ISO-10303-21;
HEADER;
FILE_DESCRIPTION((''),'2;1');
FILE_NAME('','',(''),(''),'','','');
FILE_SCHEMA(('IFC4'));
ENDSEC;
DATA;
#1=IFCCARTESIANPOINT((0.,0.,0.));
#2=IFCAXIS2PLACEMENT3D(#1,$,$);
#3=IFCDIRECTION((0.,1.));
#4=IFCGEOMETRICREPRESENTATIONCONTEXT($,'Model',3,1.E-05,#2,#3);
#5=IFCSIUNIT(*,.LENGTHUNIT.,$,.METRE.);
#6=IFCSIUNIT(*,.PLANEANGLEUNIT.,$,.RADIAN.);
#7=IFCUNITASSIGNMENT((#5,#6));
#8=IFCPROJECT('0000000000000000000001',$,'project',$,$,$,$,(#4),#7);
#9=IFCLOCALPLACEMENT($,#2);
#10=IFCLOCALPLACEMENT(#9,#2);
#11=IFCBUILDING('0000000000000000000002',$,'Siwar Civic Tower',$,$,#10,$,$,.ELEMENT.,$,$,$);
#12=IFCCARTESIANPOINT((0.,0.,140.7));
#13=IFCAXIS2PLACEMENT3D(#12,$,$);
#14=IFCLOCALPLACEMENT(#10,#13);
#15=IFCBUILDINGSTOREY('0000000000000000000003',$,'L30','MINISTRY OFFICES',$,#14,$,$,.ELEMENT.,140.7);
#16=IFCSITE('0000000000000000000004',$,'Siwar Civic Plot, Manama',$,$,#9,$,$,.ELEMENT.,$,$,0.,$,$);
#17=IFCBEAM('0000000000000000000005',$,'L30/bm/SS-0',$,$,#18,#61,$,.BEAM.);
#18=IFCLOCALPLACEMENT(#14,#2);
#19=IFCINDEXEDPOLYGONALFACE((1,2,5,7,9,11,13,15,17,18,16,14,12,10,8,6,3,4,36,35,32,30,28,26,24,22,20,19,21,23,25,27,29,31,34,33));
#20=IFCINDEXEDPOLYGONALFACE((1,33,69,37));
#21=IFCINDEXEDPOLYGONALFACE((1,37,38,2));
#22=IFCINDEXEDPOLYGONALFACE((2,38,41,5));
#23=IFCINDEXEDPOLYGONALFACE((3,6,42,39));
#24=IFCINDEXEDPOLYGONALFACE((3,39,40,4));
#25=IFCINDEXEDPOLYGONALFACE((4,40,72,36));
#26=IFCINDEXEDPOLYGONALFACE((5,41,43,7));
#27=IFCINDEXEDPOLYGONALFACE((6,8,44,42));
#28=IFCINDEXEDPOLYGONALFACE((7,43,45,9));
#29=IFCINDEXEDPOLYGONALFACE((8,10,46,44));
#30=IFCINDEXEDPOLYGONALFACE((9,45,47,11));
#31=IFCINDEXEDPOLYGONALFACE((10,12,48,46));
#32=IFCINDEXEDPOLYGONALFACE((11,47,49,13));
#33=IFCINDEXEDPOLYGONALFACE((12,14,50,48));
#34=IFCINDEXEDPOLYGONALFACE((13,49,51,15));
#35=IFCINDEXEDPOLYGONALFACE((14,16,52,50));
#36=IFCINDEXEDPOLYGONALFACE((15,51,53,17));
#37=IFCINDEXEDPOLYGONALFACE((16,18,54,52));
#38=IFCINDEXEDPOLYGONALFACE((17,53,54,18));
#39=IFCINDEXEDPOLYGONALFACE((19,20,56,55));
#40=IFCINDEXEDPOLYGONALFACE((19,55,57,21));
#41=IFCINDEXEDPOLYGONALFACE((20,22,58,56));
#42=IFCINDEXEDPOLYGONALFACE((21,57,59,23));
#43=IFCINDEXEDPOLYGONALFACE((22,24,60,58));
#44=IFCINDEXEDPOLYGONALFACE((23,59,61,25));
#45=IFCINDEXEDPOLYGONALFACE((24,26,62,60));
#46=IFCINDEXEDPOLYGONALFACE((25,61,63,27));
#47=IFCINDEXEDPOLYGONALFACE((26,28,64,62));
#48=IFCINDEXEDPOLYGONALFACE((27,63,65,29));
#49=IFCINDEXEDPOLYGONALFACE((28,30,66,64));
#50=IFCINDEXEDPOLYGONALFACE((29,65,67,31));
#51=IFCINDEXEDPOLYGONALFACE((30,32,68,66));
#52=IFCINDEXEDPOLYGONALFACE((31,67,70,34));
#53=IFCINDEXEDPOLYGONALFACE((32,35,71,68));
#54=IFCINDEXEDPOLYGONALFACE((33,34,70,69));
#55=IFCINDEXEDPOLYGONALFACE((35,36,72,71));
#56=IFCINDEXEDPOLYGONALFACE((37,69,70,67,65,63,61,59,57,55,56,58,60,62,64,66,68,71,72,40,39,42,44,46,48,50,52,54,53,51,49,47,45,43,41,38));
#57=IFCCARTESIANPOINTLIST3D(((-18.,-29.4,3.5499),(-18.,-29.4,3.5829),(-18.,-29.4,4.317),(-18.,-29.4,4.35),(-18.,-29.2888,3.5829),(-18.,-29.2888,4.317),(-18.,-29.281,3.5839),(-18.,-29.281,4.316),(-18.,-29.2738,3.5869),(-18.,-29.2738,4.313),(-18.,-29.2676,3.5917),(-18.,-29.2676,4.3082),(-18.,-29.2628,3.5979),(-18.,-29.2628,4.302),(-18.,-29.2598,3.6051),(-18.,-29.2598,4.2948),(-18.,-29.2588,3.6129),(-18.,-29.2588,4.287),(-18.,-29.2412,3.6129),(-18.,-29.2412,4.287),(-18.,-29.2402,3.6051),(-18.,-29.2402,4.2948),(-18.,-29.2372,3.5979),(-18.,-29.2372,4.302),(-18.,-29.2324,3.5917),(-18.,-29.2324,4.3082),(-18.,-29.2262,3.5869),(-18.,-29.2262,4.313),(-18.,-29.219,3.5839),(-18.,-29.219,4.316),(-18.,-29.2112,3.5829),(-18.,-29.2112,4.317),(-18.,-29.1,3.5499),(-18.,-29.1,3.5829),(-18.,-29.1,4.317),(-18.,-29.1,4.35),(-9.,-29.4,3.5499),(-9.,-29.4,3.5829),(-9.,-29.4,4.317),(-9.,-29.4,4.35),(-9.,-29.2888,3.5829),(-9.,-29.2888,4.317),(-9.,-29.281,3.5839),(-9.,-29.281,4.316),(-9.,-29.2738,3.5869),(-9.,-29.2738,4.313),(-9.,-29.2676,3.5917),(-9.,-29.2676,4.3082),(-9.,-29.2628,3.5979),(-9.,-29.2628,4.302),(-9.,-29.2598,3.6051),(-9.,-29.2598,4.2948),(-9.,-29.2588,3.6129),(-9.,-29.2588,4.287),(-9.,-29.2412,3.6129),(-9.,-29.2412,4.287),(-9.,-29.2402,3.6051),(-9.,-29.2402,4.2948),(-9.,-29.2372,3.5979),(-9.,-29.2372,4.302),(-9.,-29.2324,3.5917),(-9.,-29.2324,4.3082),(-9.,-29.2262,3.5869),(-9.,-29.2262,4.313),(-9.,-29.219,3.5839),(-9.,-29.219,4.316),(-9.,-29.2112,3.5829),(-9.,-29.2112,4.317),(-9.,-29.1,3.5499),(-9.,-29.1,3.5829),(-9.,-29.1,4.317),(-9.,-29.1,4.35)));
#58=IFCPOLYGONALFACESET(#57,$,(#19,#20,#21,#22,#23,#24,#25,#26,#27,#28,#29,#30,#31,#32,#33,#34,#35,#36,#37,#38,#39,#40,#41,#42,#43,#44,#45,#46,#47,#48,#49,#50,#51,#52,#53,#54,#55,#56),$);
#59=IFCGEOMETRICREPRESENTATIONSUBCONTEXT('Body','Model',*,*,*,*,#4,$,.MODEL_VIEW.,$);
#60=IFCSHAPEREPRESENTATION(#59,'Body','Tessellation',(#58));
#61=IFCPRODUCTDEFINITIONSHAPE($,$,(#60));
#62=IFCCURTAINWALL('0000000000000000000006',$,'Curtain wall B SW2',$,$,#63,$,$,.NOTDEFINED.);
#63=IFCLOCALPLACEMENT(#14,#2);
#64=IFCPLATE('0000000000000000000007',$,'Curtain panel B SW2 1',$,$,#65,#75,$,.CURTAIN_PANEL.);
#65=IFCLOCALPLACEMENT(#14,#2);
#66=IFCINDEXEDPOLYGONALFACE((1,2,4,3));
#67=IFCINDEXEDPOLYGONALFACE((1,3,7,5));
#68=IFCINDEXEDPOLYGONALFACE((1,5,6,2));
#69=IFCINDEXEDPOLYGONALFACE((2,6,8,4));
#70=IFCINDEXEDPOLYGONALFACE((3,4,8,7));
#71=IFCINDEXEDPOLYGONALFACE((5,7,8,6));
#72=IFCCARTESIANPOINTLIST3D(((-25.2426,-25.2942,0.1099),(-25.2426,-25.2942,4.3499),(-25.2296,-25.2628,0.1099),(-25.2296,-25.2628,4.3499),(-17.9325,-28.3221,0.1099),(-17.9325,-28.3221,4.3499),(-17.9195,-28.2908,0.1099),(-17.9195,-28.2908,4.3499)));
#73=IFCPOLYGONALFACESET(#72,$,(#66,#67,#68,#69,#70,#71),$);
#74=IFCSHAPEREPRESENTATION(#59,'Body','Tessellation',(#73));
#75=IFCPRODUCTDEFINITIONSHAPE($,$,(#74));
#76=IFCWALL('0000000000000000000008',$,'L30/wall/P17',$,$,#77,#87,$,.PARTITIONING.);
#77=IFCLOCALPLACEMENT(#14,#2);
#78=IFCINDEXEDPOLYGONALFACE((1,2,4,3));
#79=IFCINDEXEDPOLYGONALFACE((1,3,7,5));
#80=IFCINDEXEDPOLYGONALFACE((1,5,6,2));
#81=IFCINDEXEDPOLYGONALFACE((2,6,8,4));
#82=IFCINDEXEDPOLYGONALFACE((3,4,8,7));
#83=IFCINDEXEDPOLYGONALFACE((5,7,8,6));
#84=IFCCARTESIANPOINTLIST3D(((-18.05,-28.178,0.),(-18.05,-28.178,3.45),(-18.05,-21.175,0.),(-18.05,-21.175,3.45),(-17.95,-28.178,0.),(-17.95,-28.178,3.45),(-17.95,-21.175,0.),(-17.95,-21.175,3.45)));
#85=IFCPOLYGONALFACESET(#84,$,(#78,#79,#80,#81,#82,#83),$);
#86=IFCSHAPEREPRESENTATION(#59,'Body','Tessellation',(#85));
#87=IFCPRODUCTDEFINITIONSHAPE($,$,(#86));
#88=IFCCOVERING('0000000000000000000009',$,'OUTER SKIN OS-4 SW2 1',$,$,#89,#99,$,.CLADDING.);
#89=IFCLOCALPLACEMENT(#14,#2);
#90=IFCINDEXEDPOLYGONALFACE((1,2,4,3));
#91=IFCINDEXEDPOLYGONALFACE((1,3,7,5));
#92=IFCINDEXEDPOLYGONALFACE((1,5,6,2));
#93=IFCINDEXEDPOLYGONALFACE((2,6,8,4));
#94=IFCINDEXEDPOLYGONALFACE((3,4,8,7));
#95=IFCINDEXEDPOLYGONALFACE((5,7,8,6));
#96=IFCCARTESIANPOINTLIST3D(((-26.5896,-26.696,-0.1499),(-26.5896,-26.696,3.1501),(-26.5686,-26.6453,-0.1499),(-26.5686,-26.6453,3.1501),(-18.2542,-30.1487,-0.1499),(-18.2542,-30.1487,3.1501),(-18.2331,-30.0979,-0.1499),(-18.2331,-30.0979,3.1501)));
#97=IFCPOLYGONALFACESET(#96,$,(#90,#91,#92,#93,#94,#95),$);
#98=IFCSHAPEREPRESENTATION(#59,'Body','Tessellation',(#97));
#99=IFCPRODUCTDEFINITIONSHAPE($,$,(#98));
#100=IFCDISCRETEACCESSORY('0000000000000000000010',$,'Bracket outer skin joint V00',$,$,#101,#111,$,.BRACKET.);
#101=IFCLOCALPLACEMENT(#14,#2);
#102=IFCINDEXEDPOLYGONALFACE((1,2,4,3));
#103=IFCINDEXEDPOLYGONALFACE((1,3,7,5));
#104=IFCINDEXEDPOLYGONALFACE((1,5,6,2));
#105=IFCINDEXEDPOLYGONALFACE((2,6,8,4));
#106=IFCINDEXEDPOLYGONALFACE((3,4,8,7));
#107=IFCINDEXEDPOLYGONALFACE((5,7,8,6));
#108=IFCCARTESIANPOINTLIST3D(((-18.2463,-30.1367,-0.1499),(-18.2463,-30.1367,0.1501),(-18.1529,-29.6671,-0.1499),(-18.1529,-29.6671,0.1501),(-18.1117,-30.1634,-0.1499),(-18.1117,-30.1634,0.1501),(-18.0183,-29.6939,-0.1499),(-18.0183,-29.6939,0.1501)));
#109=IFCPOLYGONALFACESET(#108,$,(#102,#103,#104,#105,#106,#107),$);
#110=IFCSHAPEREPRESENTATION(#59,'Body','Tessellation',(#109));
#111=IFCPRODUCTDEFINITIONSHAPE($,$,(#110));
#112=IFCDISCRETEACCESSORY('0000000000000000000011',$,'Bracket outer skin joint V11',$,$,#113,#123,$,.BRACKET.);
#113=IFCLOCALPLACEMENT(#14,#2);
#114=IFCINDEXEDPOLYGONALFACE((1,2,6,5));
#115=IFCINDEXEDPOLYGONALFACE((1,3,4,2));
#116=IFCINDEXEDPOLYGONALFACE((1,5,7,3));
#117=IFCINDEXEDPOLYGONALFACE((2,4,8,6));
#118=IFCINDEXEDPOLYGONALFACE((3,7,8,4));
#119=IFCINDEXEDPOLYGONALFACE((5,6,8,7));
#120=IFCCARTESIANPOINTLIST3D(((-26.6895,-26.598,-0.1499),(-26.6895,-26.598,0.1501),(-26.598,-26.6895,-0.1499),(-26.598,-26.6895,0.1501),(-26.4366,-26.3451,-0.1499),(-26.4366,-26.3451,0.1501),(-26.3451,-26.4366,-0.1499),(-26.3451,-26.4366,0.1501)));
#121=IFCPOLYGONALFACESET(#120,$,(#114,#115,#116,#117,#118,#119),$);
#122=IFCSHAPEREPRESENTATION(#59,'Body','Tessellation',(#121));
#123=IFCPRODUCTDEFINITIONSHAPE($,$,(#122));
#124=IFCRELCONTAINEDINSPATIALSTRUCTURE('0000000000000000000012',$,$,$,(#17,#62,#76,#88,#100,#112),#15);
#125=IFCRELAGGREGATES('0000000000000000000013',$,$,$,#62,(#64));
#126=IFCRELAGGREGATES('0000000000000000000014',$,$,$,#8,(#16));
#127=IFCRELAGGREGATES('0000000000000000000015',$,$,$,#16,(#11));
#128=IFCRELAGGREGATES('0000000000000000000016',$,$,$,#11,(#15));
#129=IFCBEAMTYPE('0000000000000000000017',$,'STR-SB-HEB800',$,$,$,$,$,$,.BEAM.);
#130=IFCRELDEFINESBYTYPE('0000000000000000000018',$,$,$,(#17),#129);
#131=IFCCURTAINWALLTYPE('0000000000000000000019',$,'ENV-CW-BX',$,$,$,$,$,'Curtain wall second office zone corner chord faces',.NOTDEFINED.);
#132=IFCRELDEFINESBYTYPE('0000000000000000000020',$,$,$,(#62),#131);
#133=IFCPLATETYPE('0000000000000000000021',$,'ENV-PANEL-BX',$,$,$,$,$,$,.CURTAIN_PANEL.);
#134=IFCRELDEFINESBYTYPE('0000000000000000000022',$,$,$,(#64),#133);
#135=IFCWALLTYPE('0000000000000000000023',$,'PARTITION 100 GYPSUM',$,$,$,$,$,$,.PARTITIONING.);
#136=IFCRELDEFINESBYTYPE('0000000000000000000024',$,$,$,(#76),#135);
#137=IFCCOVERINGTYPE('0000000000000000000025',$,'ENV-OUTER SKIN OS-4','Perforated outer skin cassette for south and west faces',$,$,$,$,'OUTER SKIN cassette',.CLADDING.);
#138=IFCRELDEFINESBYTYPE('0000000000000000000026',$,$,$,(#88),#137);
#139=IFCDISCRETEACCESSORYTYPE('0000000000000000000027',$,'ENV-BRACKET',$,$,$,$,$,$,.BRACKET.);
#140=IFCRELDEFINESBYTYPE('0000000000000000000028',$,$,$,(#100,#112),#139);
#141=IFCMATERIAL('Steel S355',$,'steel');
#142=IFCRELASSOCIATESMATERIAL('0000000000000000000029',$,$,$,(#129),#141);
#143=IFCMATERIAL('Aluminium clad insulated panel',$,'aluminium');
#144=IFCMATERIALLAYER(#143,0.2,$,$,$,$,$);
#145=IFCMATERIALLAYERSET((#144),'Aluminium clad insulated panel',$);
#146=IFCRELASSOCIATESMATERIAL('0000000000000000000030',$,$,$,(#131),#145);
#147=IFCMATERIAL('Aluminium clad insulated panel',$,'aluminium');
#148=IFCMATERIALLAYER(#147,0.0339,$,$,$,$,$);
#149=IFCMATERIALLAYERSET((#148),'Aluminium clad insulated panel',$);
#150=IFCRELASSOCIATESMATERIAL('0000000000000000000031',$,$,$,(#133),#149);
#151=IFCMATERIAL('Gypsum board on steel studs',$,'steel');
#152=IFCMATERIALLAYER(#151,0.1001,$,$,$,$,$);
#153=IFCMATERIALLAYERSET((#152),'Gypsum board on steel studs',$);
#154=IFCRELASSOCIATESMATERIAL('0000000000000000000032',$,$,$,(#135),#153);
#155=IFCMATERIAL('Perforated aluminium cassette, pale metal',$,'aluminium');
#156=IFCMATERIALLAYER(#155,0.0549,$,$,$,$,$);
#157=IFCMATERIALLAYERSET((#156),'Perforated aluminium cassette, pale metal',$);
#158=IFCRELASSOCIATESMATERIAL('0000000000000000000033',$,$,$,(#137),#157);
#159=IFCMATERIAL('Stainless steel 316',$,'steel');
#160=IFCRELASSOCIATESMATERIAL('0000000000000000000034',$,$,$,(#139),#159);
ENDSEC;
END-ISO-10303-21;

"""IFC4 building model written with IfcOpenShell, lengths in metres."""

from ifc_helpers import new_model, si_unit, direction, frame, frame_2d, origin, origin_2d, place, context, subcontext, project, spatial, rectangle, i_section, extrude, material, layer, layer_set, material_profile, profile_set, type_object, element, aggregate, save


model = new_model("IFC4")

# Units and contexts
model_context = context("Model", 3, precision=1e-05, world=origin(), true_north=direction((0.0, 1.0)))
body_context = subcontext(model_context, "Body", "Model", "MODEL_VIEW")
ifc_project = project(units=[si_unit("LENGTHUNIT", "METRE"), si_unit("PLANEANGLEUNIT", "RADIAN")], contexts=[model_context])

# Site, building, storey
site_placement = place(None, origin())
site = spatial("IfcSite", under=ifc_project, at=site_placement, Name="Siwar Civic Plot, Manama", CompositionType="ELEMENT", RefElevation=0.0)
building_placement = place(site_placement, origin())
building = spatial("IfcBuilding", under=site, at=building_placement, Name="Siwar Civic Tower", CompositionType="ELEMENT")
storey_placement = place(building_placement, frame((0.0, 0.0, 140.7)))
storey = spatial("IfcBuildingStorey", under=building, at=storey_placement, Name="L30", Description="MINISTRY OFFICES", CompositionType="ELEMENT", Elevation=140.7)

# Beam
ifc_material_1 = material(Name="Steel S355", Category="steel")
ifc_material_profile_1 = material_profile(ifc_material_1, i_section(OverallWidth=0.3, OverallDepth=0.8, WebThickness=0.0176, FlangeThickness=0.033, FilletRadius=0.03, at=origin_2d()), Name="HEB800")
ifc_profile_set_1 = profile_set([ifc_material_profile_1], Name="Steel S355")
beam_type_1 = type_object("IfcBeamType", Name="STR-SB-HEB800", PredefinedType="BEAM", material=ifc_profile_set_1)
beam_1_placement = place(storey_placement, frame((-18.0, -29.25, 3.95), z_axis=(1.0, 0.0, 0.0), x_axis=(0.0, 1.0, 0.0)))
element("IfcBeam", 1, at=beam_1_placement, inside=storey, type_object=beam_type_1, Name="L30/bm/SS-0", PredefinedType="BEAM", context=body_context, shape_type="SweptSolid", body=[
    extrude(i_section(OverallWidth=0.3, OverallDepth=0.8, WebThickness=0.0176, FlangeThickness=0.033, FilletRadius=0.03, at=origin_2d()), origin(), (0.0, 0.0, 1.0), 9.0),
])

# Curtain wall, plate
ifc_material_2 = material(Name="Aluminium clad insulated panel", Category="aluminium")
ifc_layer_1 = layer(ifc_material_2, 0.2)
ifc_layer_set_1 = layer_set([ifc_layer_1], Name="Aluminium clad insulated panel")
curtain_wall_type = type_object("IfcCurtainWallType", Name="ENV-CW-BX", ElementType="Curtain wall second office zone corner chord faces", PredefinedType="NOTDEFINED", material=ifc_layer_set_1)
curtain_wall_placement = place(storey_placement, origin())
curtain_wall = element("IfcCurtainWall", 2, at=curtain_wall_placement, inside=storey, type_object=curtain_wall_type, Name="Curtain wall B SW2", PredefinedType="NOTDEFINED")
ifc_material_3 = material(Name="Aluminium clad insulated panel", Category="aluminium")
ifc_layer_2 = layer(ifc_material_3, 0.0339)
ifc_layer_set_2 = layer_set([ifc_layer_2], Name="Aluminium clad insulated panel")
plate_type = type_object("IfcPlateType", Name="ENV-PANEL-BX", PredefinedType="CURTAIN_PANEL", material=ifc_layer_set_2)
plate_placement = place(storey_placement, frame((-21.5811, -26.7925, 0.1099), z_axis=(0.0, 0.0, 1.0), x_axis=(0.92388, -0.382683, 0.0)))
plate = element("IfcPlate", 3, at=plate_placement, type_object=plate_type, Name="Curtain panel B SW2 1", PredefinedType="CURTAIN_PANEL", context=body_context, shape_type="SweptSolid", body=[
    extrude(rectangle(XDim=7.9124, YDim=0.0339, at=origin_2d()), origin(), (0.0, 0.0, 1.0), 4.24),
])
aggregate(curtain_wall, [plate])

# Wall
ifc_material_4 = material(Name="Gypsum board on steel studs", Category="steel")
ifc_layer_3 = layer(ifc_material_4, 0.1001)
ifc_layer_set_3 = layer_set([ifc_layer_3], Name="Gypsum board on steel studs")
wall_type = type_object("IfcWallType", Name="PARTITION 100 GYPSUM", PredefinedType="PARTITIONING", material=ifc_layer_set_3)
wall_placement = place(storey_placement, frame((-18.0, -28.178, 0.0), z_axis=(0.0, 0.0, 1.0), x_axis=(0.0, 1.0, 0.0)))
element("IfcWall", 4, at=wall_placement, inside=storey, type_object=wall_type, Name="L30/wall/P17", PredefinedType="PARTITIONING", context=body_context, shape_type="SweptSolid", body=[
    extrude(rectangle(XDim=7.0029, YDim=0.1001, at=frame_2d((3.5015, 0.0))), origin(), (0.0, 0.0, 1.0), 3.45),
])

# Covering
ifc_material_5 = material(Name="Perforated aluminium cassette, pale metal", Category="aluminium")
ifc_layer_4 = layer(ifc_material_5, 0.0549)
ifc_layer_set_4 = layer_set([ifc_layer_4], Name="Perforated aluminium cassette, pale metal")
covering_type = type_object("IfcCoveringType", Name="ENV-OUTER SKIN OS-4", Description="Perforated outer skin cassette for south and west faces", ElementType="OUTER SKIN cassette", PredefinedType="CLADDING", material=ifc_layer_set_4)
covering_placement = place(storey_placement, frame((-22.4114, -28.397, -0.1499), z_axis=(0.0, 0.0, 1.0), x_axis=(0.92388, -0.382683, 0.0)))
element("IfcCovering", 5, at=covering_placement, inside=storey, type_object=covering_type, Name="OUTER SKIN OS-4 SW2 1", PredefinedType="CLADDING", context=body_context, shape_type="SweptSolid", body=[
    extrude(rectangle(XDim=9.0222, YDim=0.0549, at=origin_2d()), origin(), (0.0, 0.0, 1.0), 3.3),
])

# Discrete accessories
ifc_material_6 = material(Name="Stainless steel 316", Category="steel")
discrete_accessory_type = type_object("IfcDiscreteAccessoryType", Name="ENV-BRACKET", PredefinedType="BRACKET", material=ifc_material_6)
discrete_accessory_1_placement = place(storey_placement, frame((-18.1323, -29.9153, -0.1499), z_axis=(0.0, 0.0, 1.0), x_axis=(-0.19509, -0.980785, 0.0)))
element("IfcDiscreteAccessory", 6, at=discrete_accessory_1_placement, inside=storey, type_object=discrete_accessory_type, Name="Bracket outer skin joint V00", PredefinedType="BRACKET", context=body_context, shape_type="SweptSolid", body=[
    extrude(rectangle(XDim=0.4788, YDim=0.1372, at=origin_2d()), origin(), (0.0, 0.0, 1.0), 0.3),
])
discrete_accessory_2_placement = place(storey_placement, frame((-26.5173, -26.5173, -0.1499), z_axis=(0.0, 0.0, 1.0), x_axis=(-0.707107, -0.707107, 0.0)))
element("IfcDiscreteAccessory", 7, at=discrete_accessory_2_placement, inside=storey, type_object=discrete_accessory_type, Name="Bracket outer skin joint V11", PredefinedType="BRACKET", context=body_context, shape_type="SweptSolid", body=[
    extrude(rectangle(XDim=0.3577, YDim=0.1294, at=origin_2d()), origin(), (0.0, 0.0, 1.0), 0.3),
])

save(model, "model.ifc")
